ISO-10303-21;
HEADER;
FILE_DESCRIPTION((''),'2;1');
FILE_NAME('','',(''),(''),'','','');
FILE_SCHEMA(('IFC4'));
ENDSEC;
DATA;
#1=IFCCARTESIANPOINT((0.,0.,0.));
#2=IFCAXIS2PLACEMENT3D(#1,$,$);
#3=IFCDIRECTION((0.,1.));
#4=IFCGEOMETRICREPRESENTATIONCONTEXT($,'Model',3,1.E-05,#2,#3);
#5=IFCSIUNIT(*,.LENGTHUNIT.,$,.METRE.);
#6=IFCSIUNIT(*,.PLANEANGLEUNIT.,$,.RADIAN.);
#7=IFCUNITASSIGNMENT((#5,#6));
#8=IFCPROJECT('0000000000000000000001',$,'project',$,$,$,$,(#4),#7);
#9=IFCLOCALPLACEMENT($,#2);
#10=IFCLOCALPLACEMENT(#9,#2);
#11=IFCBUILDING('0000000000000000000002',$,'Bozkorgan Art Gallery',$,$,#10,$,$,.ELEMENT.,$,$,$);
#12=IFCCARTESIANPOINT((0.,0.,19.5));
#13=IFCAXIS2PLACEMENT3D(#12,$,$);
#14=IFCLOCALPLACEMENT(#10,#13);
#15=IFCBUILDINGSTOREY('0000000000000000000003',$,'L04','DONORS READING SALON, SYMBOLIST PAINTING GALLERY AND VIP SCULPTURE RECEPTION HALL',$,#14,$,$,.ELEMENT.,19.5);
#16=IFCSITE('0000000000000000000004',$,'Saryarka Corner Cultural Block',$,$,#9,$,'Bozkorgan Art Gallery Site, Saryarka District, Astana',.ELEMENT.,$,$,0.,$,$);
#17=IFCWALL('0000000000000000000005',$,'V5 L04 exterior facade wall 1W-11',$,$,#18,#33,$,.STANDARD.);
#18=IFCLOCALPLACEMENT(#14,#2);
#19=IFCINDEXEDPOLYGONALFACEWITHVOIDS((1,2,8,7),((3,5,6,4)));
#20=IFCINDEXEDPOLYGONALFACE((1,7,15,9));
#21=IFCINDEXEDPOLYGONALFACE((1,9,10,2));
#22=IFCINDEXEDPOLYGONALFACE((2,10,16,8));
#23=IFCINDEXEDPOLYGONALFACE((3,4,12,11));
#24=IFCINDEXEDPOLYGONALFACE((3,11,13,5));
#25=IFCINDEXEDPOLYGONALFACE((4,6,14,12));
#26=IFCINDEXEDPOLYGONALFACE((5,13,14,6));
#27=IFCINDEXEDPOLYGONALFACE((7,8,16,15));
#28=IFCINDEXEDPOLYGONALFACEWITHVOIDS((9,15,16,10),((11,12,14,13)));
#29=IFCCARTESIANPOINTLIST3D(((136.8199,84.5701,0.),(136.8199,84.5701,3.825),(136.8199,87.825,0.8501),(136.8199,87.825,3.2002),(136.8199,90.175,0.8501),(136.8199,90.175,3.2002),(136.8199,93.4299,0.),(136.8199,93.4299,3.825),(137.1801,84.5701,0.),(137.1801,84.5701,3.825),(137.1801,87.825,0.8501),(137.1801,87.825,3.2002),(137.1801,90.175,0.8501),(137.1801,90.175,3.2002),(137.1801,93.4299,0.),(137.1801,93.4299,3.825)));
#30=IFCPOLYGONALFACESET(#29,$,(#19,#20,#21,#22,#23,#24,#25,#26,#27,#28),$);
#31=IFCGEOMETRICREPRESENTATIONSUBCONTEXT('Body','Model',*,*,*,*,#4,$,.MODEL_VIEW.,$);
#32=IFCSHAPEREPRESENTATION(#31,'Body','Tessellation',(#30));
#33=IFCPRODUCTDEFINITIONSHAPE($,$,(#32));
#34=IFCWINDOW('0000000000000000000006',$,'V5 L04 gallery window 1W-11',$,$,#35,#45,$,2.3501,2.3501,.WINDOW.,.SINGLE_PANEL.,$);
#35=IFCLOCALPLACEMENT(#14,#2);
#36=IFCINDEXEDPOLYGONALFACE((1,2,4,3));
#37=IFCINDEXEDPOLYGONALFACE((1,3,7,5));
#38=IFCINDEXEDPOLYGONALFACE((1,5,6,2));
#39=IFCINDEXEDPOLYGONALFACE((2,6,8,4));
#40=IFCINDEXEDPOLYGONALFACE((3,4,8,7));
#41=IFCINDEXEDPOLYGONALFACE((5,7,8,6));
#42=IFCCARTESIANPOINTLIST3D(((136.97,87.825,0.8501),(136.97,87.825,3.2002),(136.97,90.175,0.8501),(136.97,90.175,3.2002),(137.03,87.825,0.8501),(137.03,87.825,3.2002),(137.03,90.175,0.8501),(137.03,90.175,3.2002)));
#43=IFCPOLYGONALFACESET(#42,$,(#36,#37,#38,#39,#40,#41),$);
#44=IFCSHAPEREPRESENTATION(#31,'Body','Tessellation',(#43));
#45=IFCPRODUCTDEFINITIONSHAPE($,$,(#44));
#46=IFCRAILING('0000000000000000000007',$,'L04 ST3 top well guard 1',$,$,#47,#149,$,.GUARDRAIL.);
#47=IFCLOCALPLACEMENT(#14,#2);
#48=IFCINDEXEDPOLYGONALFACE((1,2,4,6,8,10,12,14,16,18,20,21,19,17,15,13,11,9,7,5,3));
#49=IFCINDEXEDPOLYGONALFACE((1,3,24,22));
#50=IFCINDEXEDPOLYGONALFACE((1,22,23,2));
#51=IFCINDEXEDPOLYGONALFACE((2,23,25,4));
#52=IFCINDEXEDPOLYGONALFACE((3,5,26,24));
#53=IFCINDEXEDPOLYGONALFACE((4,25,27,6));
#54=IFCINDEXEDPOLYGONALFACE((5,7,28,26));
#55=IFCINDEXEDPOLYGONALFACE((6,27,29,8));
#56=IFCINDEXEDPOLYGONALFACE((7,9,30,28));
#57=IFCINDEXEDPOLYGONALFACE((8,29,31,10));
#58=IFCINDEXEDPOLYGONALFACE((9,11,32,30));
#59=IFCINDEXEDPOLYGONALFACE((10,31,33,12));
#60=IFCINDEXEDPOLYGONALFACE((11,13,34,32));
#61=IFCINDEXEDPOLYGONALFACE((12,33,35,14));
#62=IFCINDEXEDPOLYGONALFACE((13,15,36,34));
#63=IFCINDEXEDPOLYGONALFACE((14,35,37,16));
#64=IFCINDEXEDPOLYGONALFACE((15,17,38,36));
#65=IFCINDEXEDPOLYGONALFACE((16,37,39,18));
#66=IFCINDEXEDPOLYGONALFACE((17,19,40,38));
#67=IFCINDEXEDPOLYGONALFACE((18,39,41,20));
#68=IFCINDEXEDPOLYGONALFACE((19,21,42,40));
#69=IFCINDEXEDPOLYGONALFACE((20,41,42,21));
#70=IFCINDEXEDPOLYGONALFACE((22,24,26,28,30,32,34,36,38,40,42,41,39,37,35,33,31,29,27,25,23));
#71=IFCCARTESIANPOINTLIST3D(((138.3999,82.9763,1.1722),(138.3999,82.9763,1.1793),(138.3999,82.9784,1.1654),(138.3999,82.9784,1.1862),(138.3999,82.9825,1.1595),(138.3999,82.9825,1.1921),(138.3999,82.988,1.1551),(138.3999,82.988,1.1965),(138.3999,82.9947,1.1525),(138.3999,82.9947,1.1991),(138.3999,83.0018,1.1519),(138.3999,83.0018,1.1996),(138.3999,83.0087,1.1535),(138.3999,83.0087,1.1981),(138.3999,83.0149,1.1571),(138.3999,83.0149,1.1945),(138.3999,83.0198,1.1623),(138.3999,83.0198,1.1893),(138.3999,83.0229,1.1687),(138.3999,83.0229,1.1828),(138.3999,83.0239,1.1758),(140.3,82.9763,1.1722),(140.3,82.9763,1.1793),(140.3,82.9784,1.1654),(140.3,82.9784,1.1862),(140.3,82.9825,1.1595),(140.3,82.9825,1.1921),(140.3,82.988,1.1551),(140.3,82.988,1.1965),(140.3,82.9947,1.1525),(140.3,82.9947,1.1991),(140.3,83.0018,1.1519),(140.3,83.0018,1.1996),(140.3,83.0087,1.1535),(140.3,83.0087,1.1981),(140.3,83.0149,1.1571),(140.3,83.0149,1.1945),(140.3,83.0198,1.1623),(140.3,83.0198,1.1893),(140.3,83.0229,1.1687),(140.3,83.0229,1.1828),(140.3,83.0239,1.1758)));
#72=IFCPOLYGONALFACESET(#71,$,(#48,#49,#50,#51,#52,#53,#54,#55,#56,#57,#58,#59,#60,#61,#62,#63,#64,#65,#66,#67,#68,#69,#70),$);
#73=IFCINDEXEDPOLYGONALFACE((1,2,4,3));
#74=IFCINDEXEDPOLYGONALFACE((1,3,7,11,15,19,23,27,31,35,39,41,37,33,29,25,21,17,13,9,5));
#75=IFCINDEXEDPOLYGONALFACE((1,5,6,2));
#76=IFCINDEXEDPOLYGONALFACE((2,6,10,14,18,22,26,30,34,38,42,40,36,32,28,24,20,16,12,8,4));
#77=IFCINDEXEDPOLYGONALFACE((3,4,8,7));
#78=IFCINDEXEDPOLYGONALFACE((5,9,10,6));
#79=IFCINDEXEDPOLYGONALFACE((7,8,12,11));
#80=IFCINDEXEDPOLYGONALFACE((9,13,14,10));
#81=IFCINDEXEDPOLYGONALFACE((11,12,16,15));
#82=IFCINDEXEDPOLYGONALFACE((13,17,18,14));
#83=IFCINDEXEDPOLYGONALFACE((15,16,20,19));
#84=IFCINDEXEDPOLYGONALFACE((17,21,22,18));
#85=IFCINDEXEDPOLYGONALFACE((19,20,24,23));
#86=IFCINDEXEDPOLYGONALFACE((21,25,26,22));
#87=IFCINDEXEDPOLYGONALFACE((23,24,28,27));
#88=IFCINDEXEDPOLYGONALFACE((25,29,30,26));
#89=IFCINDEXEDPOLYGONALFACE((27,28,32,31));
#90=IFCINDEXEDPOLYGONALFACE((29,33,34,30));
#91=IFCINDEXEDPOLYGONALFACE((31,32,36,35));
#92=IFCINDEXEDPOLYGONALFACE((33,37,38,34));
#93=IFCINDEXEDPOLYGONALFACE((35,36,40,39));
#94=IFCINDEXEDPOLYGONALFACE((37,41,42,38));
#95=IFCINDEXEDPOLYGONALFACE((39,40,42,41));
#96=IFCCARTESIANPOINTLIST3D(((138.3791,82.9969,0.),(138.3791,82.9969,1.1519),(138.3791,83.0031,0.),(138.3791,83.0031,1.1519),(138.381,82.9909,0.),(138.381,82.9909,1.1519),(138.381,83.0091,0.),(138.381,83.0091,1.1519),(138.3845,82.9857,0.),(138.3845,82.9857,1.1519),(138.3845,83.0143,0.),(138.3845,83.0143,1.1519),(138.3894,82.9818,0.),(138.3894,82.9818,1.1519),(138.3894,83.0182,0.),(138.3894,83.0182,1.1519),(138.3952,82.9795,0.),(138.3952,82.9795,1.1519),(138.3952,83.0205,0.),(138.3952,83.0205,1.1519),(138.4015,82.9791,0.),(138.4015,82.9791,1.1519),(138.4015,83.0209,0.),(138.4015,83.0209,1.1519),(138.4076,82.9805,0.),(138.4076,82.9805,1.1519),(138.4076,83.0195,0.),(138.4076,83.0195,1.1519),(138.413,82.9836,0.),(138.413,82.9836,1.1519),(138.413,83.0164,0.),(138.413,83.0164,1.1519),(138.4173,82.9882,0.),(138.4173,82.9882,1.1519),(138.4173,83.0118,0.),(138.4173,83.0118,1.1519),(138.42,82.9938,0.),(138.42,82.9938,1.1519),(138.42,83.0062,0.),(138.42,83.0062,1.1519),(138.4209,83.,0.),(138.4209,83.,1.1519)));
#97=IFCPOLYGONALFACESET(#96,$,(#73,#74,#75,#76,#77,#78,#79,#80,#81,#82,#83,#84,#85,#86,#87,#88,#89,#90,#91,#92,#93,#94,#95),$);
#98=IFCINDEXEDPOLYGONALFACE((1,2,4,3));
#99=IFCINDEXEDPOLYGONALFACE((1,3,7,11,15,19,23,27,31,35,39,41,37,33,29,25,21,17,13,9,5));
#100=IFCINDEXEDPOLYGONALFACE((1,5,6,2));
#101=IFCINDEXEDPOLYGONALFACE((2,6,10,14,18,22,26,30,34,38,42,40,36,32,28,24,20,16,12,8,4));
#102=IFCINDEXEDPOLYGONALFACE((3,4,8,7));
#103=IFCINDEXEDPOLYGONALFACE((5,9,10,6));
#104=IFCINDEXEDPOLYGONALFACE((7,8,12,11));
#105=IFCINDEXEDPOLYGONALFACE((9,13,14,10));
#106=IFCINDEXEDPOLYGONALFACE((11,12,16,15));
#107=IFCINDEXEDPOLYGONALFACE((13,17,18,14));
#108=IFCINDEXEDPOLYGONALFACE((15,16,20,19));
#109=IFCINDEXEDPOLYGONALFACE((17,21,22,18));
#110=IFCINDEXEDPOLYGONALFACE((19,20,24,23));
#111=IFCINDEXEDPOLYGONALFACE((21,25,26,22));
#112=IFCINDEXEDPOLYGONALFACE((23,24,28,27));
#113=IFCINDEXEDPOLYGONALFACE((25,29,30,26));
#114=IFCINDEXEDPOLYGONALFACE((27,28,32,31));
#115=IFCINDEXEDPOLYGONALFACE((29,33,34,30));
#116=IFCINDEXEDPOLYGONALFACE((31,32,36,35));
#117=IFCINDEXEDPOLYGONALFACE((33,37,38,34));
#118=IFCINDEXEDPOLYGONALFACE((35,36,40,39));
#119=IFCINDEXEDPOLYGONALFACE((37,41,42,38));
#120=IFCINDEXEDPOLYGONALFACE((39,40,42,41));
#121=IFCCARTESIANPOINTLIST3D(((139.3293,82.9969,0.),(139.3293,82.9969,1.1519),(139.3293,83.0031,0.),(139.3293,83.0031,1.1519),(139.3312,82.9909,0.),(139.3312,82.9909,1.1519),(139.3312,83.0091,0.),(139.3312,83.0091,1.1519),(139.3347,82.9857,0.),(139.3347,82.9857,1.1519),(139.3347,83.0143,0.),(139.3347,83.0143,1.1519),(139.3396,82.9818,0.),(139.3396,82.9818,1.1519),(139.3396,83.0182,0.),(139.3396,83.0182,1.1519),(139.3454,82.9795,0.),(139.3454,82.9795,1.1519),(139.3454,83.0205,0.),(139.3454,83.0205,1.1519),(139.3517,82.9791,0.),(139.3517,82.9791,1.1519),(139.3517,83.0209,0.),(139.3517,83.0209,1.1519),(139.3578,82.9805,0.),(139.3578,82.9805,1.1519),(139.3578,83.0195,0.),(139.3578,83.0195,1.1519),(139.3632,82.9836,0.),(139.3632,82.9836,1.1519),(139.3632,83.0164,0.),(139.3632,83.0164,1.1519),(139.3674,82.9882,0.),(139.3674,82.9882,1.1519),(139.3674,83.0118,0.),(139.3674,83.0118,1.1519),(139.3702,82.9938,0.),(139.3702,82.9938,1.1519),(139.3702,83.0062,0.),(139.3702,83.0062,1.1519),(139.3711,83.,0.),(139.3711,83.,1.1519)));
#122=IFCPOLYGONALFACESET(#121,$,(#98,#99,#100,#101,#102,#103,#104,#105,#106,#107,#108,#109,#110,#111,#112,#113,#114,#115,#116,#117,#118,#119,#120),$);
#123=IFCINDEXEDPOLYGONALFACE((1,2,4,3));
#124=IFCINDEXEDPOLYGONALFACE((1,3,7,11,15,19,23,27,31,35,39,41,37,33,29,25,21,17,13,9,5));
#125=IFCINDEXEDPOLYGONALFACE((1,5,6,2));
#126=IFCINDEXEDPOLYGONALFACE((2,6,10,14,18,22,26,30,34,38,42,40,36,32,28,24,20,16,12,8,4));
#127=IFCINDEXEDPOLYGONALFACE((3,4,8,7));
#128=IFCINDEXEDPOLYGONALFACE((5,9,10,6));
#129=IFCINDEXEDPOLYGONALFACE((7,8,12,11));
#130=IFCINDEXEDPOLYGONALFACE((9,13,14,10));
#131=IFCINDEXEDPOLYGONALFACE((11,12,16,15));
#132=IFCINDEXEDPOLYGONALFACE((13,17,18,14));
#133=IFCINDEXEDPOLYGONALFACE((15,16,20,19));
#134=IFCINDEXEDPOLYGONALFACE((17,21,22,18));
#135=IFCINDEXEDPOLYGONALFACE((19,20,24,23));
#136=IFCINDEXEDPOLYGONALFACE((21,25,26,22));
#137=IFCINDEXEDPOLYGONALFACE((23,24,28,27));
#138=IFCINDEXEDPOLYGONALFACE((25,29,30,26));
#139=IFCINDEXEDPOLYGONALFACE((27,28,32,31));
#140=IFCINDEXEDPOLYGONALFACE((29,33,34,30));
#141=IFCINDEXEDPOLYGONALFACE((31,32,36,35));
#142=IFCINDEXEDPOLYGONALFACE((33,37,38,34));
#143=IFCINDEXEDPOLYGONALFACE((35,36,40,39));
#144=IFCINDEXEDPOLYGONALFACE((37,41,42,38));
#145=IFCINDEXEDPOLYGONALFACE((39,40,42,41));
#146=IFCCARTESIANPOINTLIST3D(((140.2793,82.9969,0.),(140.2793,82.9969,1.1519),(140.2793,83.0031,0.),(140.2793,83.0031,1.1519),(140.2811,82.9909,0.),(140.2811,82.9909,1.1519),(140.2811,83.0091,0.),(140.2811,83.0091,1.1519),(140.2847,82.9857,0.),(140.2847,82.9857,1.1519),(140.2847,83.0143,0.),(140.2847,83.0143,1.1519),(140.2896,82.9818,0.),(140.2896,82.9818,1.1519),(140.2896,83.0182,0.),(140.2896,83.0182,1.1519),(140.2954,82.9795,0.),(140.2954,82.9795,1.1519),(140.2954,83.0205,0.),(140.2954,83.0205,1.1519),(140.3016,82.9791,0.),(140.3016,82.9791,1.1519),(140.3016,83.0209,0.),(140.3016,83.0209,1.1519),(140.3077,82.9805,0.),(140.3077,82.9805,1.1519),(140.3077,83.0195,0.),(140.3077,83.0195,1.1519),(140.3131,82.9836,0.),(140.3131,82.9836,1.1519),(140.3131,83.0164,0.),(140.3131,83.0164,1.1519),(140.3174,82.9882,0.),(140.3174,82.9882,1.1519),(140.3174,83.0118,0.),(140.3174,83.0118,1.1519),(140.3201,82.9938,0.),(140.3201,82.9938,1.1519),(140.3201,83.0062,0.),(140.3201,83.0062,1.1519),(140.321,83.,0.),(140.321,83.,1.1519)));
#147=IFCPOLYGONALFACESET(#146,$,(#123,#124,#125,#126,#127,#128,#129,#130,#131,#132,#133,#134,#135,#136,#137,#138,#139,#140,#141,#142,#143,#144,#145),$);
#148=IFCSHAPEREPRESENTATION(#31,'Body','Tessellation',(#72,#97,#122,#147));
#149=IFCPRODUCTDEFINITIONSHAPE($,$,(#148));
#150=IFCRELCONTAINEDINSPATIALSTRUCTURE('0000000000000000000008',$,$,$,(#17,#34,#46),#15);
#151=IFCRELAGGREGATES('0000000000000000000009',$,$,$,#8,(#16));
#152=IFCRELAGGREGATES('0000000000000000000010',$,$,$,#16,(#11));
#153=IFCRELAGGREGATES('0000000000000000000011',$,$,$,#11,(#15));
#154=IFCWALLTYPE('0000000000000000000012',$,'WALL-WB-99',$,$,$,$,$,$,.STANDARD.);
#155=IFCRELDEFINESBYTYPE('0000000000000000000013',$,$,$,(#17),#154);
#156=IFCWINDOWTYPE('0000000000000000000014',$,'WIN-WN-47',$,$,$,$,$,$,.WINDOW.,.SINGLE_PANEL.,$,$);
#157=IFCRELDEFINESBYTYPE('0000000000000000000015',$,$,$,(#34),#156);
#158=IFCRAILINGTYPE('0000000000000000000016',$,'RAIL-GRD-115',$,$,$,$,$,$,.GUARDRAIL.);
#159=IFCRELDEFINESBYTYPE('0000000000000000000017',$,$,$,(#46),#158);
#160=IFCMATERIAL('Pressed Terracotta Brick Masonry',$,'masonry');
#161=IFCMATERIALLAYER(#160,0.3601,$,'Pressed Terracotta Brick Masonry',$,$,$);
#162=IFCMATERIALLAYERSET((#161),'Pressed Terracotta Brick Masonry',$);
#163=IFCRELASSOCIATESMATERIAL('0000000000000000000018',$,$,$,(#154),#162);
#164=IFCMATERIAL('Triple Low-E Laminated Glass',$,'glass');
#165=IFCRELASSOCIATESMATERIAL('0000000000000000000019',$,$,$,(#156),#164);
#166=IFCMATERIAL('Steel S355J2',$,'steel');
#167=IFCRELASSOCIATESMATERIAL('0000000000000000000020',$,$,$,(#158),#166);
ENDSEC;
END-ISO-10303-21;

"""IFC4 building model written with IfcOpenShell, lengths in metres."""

from ifc_helpers import new_model, si_unit, direction, frame, frame_2d, origin, origin_2d, place, context, subcontext, project, spatial, rectangle, circle, extrude, material, layer, layer_set, type_object, element, fill, save


model = new_model("IFC4")

# Units and contexts
model_context = context("Model", 3, precision=1e-05, world=origin(), true_north=direction((0.0, 1.0)))
body_context = subcontext(model_context, "Body", "Model", "MODEL_VIEW")
ifc_project = project(units=[si_unit("LENGTHUNIT", "METRE"), si_unit("PLANEANGLEUNIT", "RADIAN")], contexts=[model_context])

# Site, building, storey
site_placement = place(None, origin())
site = spatial("IfcSite", under=ifc_project, at=site_placement, Name="Saryarka Corner Cultural Block", LongName="Bozkorgan Art Gallery Site, Saryarka District, Astana", CompositionType="ELEMENT", RefElevation=0.0)
building_placement = place(site_placement, origin())
building = spatial("IfcBuilding", under=site, at=building_placement, Name="Bozkorgan Art Gallery", CompositionType="ELEMENT")
storey_placement = place(building_placement, frame((0.0, 0.0, 19.5)))
storey = spatial("IfcBuildingStorey", under=building, at=storey_placement, Name="L04", Description="DONORS READING SALON, SYMBOLIST PAINTING GALLERY AND VIP SCULPTURE RECEPTION HALL", CompositionType="ELEMENT", Elevation=19.5)

# Shared definitions
ifc_material_1 = material(Name="Steel S355J2", Category="steel")

# Wall, opening, window
ifc_material_2 = material(Name="Pressed Terracotta Brick Masonry", Category="masonry")
ifc_layer_1 = layer(ifc_material_2, 0.3601, Name="Pressed Terracotta Brick Masonry")
ifc_layer_set_1 = layer_set([ifc_layer_1], Name="Pressed Terracotta Brick Masonry")
wall_type_1 = type_object("IfcWallType", Name="WALL-WB-99", PredefinedType="STANDARD", material=ifc_layer_set_1)
ifc_material_3 = material(Name="Triple Low-E Laminated Glass", Category="glass")
wall_1_placement = place(storey_placement, frame((137.0, 84.5701, 0.0), z_axis=(0.0, 0.0, 1.0), x_axis=(0.0, 1.0, 0.0)))
wall_1 = element("IfcWall", 1, at=wall_1_placement, inside=storey, type_object=wall_type_1, Name="V5 L04 exterior facade wall 1W-11", PredefinedType="STANDARD", context=body_context, shape_type="SweptSolid", body=[
    extrude(rectangle(XDim=8.8599, YDim=0.3601, at=frame_2d((4.4299, 0.0))), origin(), (0.0, 0.0, 1.0), 3.825),
])
opening_1_placement = place(wall_1_placement, frame((3.2549, 0.0, 0.8501)))
opening_1 = element("IfcOpeningElement", 2, at=opening_1_placement, cuts=wall_1, PredefinedType="OPENING", context=body_context, shape_type="SweptSolid", body=[
    extrude(rectangle(XDim=2.3501, YDim=2.3501, at=frame_2d((1.175, 1.175))), frame((0.0, 0.1899, 0.0), z_axis=(0.0, -1.0, 0.0), x_axis=(1.0, 0.0, 0.0)), (0.0, 0.0, 1.0), 0.3801),
])
window_type_1 = type_object("IfcWindowType", Name="WIN-WN-47", PartitioningType="SINGLE_PANEL", PredefinedType="WINDOW", material=ifc_material_3)
window_1_placement = place(opening_1_placement, origin())
window_1 = element("IfcWindow", 3, at=window_1_placement, inside=storey, type_object=window_type_1, Name="V5 L04 gallery window 1W-11", OverallHeight=2.3501, OverallWidth=2.3501, PartitioningType="SINGLE_PANEL", PredefinedType="WINDOW", context=body_context, shape_type="SweptSolid", body=[
    extrude(rectangle(XDim=2.3501, YDim=2.3501, at=frame_2d((1.175, 1.175))), frame((0.0, 0.03, 0.0), z_axis=(0.0, -1.0, 0.0), x_axis=(1.0, 0.0, 0.0)), (0.0, 0.0, 1.0), 0.0601),
])
fill(opening_1, window_1)

# Railing
railing_type = type_object("IfcRailingType", Name="RAIL-GRD-115", PredefinedType="GUARDRAIL", material=ifc_material_1)
railing_placement = place(storey_placement, frame((138.3999, 83.0, 0.0)))
element("IfcRailing", 4, at=railing_placement, inside=storey, type_object=railing_type, Name="L04 ST3 top well guard 1", PredefinedType="GUARDRAIL", context=body_context, shape_type="SweptSolid", body=[
    extrude(circle(Radius=0.0239, at=origin_2d()), frame((0.0, 0.0, 1.1758), z_axis=(1.0, 0.0, 0.0), x_axis=(0.0, 1.0, 0.0)), (0.0, 0.0, 1.0), 1.9001),
    extrude(circle(Radius=0.021, at=origin_2d()), origin(), (0.0, 0.0, 1.0), 1.1519),
    extrude(circle(Radius=0.021, at=origin_2d()), frame((0.9502, 0.0, 0.0)), (0.0, 0.0, 1.0), 1.1519),
    extrude(circle(Radius=0.021, at=origin_2d()), frame((1.9001, 0.0, 0.0)), (0.0, 0.0, 1.0), 1.1519),
])

save(model, "model.ifc")
